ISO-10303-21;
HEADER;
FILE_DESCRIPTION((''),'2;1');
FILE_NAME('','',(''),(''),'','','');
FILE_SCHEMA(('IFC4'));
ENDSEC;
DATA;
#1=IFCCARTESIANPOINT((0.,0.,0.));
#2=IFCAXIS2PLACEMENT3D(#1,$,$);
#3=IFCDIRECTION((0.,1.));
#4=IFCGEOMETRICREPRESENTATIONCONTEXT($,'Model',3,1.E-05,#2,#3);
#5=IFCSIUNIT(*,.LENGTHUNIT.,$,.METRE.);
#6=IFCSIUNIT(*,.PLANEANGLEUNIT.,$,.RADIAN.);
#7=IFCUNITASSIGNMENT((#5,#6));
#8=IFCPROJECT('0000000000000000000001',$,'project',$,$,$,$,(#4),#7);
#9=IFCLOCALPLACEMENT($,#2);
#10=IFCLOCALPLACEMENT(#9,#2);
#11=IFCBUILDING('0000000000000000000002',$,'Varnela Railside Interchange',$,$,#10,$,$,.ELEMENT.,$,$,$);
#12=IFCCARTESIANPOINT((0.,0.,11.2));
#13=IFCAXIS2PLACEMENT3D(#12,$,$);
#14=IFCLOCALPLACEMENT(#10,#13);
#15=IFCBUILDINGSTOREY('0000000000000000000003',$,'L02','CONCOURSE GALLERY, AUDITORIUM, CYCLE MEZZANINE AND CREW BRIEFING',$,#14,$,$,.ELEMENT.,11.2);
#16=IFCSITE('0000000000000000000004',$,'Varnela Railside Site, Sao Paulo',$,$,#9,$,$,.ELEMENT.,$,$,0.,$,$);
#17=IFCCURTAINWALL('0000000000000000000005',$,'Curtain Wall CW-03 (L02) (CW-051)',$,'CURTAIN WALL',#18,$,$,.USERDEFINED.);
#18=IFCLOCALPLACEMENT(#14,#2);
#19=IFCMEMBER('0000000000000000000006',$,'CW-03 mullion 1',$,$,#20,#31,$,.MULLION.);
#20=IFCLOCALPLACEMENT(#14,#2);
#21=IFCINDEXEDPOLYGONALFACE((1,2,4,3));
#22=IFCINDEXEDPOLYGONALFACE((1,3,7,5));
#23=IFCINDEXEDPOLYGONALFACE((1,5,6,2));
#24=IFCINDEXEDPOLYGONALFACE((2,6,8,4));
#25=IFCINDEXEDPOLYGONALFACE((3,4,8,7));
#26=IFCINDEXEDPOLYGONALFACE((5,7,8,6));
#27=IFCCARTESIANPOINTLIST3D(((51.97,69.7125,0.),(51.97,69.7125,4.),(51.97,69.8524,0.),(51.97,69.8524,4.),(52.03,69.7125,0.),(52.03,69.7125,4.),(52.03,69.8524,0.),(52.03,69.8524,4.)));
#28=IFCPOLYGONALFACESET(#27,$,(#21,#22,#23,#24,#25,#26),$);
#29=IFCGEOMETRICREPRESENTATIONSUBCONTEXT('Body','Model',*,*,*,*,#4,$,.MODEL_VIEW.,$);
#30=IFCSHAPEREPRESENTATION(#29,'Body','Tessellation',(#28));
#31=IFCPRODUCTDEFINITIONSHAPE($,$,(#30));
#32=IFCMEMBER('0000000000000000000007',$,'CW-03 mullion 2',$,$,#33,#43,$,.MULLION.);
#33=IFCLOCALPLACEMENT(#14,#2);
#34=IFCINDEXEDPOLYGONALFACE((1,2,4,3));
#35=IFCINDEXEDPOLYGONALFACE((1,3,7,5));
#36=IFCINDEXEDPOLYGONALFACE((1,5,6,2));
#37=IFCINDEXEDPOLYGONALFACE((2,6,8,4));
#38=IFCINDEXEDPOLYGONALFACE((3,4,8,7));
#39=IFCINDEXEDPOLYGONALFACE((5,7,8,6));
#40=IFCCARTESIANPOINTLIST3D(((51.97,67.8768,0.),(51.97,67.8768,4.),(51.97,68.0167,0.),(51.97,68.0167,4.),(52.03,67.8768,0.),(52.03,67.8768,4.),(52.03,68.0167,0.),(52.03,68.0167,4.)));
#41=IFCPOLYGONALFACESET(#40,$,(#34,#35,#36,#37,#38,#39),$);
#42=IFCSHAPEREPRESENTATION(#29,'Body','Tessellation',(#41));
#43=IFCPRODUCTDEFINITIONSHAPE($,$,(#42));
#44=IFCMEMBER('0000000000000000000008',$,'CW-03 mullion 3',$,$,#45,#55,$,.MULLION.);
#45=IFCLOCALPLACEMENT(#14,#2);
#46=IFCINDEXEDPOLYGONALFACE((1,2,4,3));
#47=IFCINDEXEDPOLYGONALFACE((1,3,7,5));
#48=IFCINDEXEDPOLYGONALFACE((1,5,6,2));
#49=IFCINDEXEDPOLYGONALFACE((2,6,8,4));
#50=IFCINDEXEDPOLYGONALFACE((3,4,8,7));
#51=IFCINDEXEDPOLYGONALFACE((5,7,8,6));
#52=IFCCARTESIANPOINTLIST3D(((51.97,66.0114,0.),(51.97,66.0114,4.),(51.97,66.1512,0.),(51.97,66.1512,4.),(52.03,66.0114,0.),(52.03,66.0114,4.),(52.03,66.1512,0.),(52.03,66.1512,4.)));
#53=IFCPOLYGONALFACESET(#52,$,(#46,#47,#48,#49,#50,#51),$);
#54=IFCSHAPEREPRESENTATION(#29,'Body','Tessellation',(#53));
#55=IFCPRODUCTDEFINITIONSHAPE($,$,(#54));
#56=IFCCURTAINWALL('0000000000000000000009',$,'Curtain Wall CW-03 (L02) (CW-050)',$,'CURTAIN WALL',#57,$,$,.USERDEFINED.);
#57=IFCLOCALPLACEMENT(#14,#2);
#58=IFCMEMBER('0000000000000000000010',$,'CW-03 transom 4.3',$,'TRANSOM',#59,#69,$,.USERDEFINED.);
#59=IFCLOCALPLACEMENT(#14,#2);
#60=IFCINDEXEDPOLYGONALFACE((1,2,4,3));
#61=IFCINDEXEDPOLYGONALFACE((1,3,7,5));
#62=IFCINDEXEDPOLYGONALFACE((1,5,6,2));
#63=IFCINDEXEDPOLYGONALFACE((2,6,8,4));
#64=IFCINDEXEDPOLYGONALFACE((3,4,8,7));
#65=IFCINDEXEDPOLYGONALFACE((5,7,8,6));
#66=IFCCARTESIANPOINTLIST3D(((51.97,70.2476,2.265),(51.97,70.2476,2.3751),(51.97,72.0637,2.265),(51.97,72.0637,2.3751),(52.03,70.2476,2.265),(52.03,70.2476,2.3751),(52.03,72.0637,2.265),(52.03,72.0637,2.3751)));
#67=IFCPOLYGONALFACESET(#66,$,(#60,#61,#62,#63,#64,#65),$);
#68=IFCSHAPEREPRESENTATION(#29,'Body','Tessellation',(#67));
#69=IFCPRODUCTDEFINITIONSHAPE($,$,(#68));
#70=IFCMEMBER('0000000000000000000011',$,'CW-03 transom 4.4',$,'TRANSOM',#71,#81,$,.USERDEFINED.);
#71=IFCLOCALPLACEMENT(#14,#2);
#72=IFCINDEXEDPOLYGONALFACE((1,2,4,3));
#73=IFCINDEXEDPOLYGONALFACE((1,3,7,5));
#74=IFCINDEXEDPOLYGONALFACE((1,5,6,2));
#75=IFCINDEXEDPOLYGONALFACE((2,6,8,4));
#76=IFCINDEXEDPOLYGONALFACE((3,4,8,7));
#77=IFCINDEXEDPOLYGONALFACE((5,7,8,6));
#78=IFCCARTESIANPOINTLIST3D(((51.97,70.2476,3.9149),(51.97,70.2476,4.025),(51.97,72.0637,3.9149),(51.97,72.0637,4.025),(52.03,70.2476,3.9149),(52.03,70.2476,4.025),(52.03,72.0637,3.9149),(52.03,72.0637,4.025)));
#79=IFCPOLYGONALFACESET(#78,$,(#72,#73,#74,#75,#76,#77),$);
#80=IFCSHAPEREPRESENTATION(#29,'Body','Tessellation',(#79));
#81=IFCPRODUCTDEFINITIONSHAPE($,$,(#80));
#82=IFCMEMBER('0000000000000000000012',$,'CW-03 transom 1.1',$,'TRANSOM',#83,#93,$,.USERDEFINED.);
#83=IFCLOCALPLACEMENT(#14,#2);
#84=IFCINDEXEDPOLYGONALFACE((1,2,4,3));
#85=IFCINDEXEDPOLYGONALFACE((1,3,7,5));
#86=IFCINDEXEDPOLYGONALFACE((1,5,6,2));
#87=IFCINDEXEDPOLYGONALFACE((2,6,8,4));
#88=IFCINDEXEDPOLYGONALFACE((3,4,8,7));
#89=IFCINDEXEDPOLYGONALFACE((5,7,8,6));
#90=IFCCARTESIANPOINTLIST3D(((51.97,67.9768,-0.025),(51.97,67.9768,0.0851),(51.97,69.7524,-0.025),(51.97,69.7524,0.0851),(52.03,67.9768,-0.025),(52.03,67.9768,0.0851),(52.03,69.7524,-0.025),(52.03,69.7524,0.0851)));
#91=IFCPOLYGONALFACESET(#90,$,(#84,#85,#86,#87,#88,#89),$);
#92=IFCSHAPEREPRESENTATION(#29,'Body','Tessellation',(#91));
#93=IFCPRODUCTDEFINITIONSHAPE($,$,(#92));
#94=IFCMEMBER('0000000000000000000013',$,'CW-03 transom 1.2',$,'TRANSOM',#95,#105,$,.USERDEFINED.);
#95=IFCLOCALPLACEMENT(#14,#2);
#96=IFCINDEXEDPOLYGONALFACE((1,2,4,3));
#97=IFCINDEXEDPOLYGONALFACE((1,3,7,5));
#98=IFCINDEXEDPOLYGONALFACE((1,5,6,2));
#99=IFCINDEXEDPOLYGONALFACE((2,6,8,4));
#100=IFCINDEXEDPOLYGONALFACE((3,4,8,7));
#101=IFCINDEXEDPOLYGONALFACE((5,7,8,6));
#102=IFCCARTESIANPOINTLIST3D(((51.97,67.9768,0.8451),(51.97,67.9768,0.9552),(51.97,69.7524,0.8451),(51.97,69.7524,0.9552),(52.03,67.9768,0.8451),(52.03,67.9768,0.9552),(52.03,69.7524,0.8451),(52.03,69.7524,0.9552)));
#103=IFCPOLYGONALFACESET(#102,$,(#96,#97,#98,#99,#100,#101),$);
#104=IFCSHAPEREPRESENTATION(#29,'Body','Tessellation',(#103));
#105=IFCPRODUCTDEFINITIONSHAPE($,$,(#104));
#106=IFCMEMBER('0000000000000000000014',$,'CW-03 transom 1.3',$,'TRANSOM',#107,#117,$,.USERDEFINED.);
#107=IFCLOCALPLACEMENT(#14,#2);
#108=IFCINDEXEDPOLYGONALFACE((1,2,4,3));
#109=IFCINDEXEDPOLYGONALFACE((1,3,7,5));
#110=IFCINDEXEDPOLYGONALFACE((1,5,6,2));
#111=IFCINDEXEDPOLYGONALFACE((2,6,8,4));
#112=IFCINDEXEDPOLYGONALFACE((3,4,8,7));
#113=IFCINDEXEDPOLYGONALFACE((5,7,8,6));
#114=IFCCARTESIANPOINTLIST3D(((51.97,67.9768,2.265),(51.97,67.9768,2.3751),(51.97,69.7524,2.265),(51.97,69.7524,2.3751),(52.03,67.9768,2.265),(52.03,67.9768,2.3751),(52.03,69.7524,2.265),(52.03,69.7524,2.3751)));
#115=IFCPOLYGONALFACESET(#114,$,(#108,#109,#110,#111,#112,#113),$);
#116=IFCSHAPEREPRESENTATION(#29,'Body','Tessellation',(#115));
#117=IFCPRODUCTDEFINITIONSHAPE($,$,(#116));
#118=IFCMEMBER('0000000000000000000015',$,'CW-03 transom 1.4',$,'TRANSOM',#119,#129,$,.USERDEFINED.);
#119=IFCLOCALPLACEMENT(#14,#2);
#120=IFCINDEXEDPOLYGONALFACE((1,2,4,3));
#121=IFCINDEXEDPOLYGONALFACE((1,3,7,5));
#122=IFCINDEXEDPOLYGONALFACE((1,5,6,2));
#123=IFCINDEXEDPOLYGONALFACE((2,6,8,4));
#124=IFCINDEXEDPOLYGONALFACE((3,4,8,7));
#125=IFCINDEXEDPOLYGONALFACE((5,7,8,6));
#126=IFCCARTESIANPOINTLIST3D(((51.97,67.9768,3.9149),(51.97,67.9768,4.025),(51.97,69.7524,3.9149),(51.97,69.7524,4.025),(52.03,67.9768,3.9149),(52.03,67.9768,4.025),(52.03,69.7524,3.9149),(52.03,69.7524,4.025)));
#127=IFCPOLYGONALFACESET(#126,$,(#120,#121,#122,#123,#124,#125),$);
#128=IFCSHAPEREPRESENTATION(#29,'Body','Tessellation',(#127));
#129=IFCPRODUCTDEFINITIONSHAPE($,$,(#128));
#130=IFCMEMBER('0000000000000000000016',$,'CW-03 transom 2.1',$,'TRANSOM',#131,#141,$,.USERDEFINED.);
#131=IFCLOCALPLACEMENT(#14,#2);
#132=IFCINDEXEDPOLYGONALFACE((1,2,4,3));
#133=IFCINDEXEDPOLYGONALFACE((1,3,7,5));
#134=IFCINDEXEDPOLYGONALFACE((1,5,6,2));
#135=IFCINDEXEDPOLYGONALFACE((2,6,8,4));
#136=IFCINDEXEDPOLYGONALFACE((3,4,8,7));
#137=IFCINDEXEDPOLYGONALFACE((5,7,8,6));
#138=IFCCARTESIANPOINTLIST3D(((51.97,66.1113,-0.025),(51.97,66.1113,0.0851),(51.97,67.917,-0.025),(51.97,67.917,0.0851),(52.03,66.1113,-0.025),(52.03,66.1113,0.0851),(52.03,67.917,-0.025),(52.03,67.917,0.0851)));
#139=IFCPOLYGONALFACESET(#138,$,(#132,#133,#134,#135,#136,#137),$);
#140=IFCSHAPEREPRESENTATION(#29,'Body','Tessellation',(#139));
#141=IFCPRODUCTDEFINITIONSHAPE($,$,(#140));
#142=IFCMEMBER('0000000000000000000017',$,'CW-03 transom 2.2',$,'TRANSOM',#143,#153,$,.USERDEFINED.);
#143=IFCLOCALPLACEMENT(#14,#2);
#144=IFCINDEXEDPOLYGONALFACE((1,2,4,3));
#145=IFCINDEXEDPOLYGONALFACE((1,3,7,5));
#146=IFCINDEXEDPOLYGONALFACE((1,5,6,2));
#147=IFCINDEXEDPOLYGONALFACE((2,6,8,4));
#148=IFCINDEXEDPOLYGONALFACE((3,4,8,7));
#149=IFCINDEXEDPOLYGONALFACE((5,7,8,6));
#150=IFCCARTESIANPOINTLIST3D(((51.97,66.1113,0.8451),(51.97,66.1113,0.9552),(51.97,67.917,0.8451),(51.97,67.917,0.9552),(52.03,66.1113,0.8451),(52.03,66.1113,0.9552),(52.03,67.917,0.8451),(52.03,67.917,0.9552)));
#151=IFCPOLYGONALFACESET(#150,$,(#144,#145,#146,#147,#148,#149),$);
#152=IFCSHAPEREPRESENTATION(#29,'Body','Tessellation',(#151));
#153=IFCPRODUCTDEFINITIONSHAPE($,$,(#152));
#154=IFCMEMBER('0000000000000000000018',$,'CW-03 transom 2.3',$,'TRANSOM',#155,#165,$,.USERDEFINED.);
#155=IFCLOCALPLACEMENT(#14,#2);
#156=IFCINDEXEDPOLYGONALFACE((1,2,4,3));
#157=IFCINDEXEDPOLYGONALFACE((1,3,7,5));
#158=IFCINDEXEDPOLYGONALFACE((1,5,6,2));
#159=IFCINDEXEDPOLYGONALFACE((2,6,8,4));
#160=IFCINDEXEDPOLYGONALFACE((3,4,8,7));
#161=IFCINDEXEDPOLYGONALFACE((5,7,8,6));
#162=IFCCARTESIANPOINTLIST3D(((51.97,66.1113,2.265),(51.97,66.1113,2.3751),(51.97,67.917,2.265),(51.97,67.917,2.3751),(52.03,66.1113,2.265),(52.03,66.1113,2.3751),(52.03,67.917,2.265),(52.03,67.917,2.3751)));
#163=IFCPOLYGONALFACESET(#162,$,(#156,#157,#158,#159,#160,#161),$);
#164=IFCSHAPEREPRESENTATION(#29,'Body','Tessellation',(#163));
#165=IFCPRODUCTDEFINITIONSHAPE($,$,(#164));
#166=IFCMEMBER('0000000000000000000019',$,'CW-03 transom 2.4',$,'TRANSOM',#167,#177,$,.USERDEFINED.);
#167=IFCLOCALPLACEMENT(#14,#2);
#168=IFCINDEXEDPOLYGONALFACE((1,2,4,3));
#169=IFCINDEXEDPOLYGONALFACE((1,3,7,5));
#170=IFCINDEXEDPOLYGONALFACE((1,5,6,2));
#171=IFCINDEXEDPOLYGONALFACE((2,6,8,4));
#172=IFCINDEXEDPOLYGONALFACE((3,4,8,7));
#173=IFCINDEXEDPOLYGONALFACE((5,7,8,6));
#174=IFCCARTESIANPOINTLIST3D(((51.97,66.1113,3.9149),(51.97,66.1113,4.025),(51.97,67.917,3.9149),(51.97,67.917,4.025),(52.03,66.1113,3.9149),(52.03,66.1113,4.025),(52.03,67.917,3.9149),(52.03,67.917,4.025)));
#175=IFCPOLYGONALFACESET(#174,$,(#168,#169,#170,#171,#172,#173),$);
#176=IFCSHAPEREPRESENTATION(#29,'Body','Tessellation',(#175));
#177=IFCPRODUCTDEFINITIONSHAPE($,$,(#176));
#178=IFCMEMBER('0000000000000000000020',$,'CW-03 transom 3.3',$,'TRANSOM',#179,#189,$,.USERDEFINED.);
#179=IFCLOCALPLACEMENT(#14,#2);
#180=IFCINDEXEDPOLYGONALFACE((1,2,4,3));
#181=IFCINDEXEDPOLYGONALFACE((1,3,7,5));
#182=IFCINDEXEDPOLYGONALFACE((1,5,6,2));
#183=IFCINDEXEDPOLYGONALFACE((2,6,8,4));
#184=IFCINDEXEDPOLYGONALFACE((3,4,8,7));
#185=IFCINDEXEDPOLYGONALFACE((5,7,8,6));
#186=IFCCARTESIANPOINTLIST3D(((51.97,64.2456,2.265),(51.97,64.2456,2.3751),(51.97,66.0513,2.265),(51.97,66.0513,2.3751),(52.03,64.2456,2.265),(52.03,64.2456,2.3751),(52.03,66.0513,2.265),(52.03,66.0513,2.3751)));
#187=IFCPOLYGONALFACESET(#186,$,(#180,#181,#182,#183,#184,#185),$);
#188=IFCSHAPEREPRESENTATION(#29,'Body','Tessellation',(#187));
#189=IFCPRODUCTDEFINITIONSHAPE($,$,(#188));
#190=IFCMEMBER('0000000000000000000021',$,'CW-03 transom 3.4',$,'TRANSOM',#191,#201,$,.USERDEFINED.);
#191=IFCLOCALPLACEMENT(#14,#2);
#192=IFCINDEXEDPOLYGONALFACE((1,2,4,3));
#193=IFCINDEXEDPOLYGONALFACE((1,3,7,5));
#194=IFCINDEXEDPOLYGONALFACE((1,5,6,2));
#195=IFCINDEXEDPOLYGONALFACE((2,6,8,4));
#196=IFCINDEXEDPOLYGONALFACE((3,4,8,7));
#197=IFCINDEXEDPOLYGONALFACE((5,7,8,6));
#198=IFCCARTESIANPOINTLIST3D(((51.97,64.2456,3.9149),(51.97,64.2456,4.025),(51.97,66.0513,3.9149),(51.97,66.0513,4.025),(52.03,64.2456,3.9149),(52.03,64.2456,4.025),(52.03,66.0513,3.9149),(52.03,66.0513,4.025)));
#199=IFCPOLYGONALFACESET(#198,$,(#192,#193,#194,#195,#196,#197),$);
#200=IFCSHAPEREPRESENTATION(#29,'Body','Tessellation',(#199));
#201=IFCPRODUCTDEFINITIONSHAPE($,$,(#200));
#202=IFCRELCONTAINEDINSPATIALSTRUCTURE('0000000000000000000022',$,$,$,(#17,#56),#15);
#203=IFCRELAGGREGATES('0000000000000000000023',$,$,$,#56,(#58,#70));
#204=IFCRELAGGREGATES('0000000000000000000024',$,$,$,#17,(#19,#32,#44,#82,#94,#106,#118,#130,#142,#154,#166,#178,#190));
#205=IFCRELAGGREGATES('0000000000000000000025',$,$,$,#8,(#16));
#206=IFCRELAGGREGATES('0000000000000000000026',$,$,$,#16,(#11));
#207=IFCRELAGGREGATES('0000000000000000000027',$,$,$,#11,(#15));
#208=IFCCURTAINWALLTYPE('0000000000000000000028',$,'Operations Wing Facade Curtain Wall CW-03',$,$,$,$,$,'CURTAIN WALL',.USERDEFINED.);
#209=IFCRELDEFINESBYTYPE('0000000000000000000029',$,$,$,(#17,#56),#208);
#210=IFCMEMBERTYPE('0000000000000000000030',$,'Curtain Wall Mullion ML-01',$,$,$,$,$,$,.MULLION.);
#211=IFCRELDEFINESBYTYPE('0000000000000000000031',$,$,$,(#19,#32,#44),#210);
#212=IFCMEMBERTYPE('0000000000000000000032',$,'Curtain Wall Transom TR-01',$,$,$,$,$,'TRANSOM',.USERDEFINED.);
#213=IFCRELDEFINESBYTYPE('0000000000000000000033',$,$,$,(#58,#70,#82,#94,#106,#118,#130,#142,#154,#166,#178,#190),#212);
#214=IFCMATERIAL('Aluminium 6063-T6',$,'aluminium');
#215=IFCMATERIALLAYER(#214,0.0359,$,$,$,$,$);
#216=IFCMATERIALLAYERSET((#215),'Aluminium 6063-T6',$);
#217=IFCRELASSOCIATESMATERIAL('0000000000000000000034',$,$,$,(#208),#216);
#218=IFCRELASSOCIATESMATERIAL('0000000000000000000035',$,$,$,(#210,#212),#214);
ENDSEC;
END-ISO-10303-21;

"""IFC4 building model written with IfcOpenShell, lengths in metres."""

from ifc_helpers import new_model, si_unit, direction, frame, origin, origin_2d, place, context, subcontext, project, spatial, rectangle, extrude, material, layer, layer_set, material_profile, profile_set, type_object, element, aggregate, save


model = new_model("IFC4")

# Units and contexts
model_context = context("Model", 3, precision=1e-05, world=origin(), true_north=direction((0.0, 1.0)))
body_context = subcontext(model_context, "Body", "Model", "MODEL_VIEW")
ifc_project = project(units=[si_unit("LENGTHUNIT", "METRE"), si_unit("PLANEANGLEUNIT", "RADIAN")], contexts=[model_context])

# Site, building, storey
site_placement = place(None, origin())
site = spatial("IfcSite", under=ifc_project, at=site_placement, Name="Varnela Railside Site, Sao Paulo", CompositionType="ELEMENT", RefElevation=0.0)
building_placement = place(site_placement, origin())
building = spatial("IfcBuilding", under=site, at=building_placement, Name="Varnela Railside Interchange", CompositionType="ELEMENT")
storey_placement = place(building_placement, frame((0.0, 0.0, 11.2)))
storey = spatial("IfcBuildingStorey", under=building, at=storey_placement, Name="L02", Description="CONCOURSE GALLERY, AUDITORIUM, CYCLE MEZZANINE AND CREW BRIEFING", CompositionType="ELEMENT", Elevation=11.2)

# Curtain walls, members
ifc_material_1 = material(Name="Aluminium 6063-T6", Category="aluminium")
ifc_layer_1 = layer(ifc_material_1, 0.0359)
ifc_layer_set_1 = layer_set([ifc_layer_1], Name="Aluminium 6063-T6")
curtain_wall_type = type_object("IfcCurtainWallType", Name="Operations Wing Facade Curtain Wall CW-03", ElementType="CURTAIN WALL", PredefinedType="USERDEFINED", material=ifc_layer_set_1)
curtain_wall_1_placement = place(storey_placement, origin())
curtain_wall_1 = element("IfcCurtainWall", 1, at=curtain_wall_1_placement, inside=storey, type_object=curtain_wall_type, Name="Curtain Wall CW-03 (L02) (CW-051)", ObjectType="CURTAIN WALL", PredefinedType="USERDEFINED")
ifc_material_profile_1 = material_profile(ifc_material_1, rectangle(XDim=0.0601, YDim=0.1399, at=origin_2d()), Name="ALU 60x140")
ifc_profile_set_1 = profile_set([ifc_material_profile_1], Name="Aluminium 6063-T6")
member_type_1 = type_object("IfcMemberType", Name="Curtain Wall Mullion ML-01", PredefinedType="MULLION", material=ifc_profile_set_1)
member_1_placement = place(storey_placement, frame((52.0, 69.7825, 0.0), z_axis=(0.0, 0.0, 1.0), x_axis=(1.0, 0.0, 0.0)))
member_1 = element("IfcMember", 2, at=member_1_placement, type_object=member_type_1, Name="CW-03 mullion 1", PredefinedType="MULLION", context=body_context, shape_type="SweptSolid", body=[
    extrude(rectangle(XDim=0.0601, YDim=0.1399, at=origin_2d()), origin(), (0.0, 0.0, 1.0), 4.0),
])
member_2_placement = place(storey_placement, frame((52.0, 67.9468, 0.0), z_axis=(0.0, 0.0, 1.0), x_axis=(1.0, 0.0, 0.0)))
member_2 = element("IfcMember", 3, at=member_2_placement, type_object=member_type_1, Name="CW-03 mullion 2", PredefinedType="MULLION", context=body_context, shape_type="SweptSolid", body=[
    extrude(rectangle(XDim=0.0601, YDim=0.1399, at=origin_2d()), origin(), (0.0, 0.0, 1.0), 4.0),
])
member_3_placement = place(storey_placement, frame((52.0, 66.0813, 0.0), z_axis=(0.0, 0.0, 1.0), x_axis=(1.0, 0.0, 0.0)))
member_3 = element("IfcMember", 4, at=member_3_placement, type_object=member_type_1, Name="CW-03 mullion 3", PredefinedType="MULLION", context=body_context, shape_type="SweptSolid", body=[
    extrude(rectangle(XDim=0.0601, YDim=0.1399, at=origin_2d()), origin(), (0.0, 0.0, 1.0), 4.0),
])
curtain_wall_2_placement = place(storey_placement, origin())
curtain_wall_2 = element("IfcCurtainWall", 5, at=curtain_wall_2_placement, inside=storey, type_object=curtain_wall_type, Name="Curtain Wall CW-03 (L02) (CW-050)", ObjectType="CURTAIN WALL", PredefinedType="USERDEFINED")
ifc_material_profile_2 = material_profile(ifc_material_1, rectangle(XDim=0.0601, YDim=0.1101, at=origin_2d()), Name="ALU 60x110")
ifc_profile_set_2 = profile_set([ifc_material_profile_2], Name="Aluminium 6063-T6")
member_type_2 = type_object("IfcMemberType", Name="Curtain Wall Transom TR-01", ElementType="TRANSOM", PredefinedType="USERDEFINED", material=ifc_profile_set_2)
member_4_placement = place(storey_placement, frame((52.0, 72.0637, 2.3201), z_axis=(0.0, -1.0, 0.0), x_axis=(1.0, 0.0, 0.0)))
member_4 = element("IfcMember", 6, at=member_4_placement, type_object=member_type_2, Name="CW-03 transom 4.3", ObjectType="TRANSOM", PredefinedType="USERDEFINED", context=body_context, shape_type="SweptSolid", body=[
    extrude(rectangle(XDim=0.0601, YDim=0.1101, at=origin_2d()), origin(), (0.0, 0.0, 1.0), 1.8162),
])
member_5_placement = place(storey_placement, frame((52.0, 72.0637, 3.97), z_axis=(0.0, -1.0, 0.0), x_axis=(1.0, 0.0, 0.0)))
member_5 = element("IfcMember", 7, at=member_5_placement, type_object=member_type_2, Name="CW-03 transom 4.4", ObjectType="TRANSOM", PredefinedType="USERDEFINED", context=body_context, shape_type="SweptSolid", body=[
    extrude(rectangle(XDim=0.0601, YDim=0.1101, at=origin_2d()), origin(), (0.0, 0.0, 1.0), 1.8162),
])

# Members
member_6_placement = place(storey_placement, frame((52.0, 69.7524, 0.03), z_axis=(0.0, -1.0, 0.0), x_axis=(1.0, 0.0, 0.0)))
member_6 = element("IfcMember", 8, at=member_6_placement, type_object=member_type_2, Name="CW-03 transom 1.1", ObjectType="TRANSOM", PredefinedType="USERDEFINED", context=body_context, shape_type="SweptSolid", body=[
    extrude(rectangle(XDim=0.0601, YDim=0.1101, at=origin_2d()), origin(), (0.0, 0.0, 1.0), 1.7756),
])
member_7_placement = place(storey_placement, frame((52.0, 69.7524, 0.9001), z_axis=(0.0, -1.0, 0.0), x_axis=(1.0, 0.0, 0.0)))
member_7 = element("IfcMember", 9, at=member_7_placement, type_object=member_type_2, Name="CW-03 transom 1.2", ObjectType="TRANSOM", PredefinedType="USERDEFINED", context=body_context, shape_type="SweptSolid", body=[
    extrude(rectangle(XDim=0.0601, YDim=0.1101, at=origin_2d()), origin(), (0.0, 0.0, 1.0), 1.7756),
])
member_8_placement = place(storey_placement, frame((52.0, 69.7524, 2.3201), z_axis=(0.0, -1.0, 0.0), x_axis=(1.0, 0.0, 0.0)))
member_8 = element("IfcMember", 10, at=member_8_placement, type_object=member_type_2, Name="CW-03 transom 1.3", ObjectType="TRANSOM", PredefinedType="USERDEFINED", context=body_context, shape_type="SweptSolid", body=[
    extrude(rectangle(XDim=0.0601, YDim=0.1101, at=origin_2d()), origin(), (0.0, 0.0, 1.0), 1.7756),
])
member_9_placement = place(storey_placement, frame((52.0, 69.7524, 3.97), z_axis=(0.0, -1.0, 0.0), x_axis=(1.0, 0.0, 0.0)))
member_9 = element("IfcMember", 11, at=member_9_placement, type_object=member_type_2, Name="CW-03 transom 1.4", ObjectType="TRANSOM", PredefinedType="USERDEFINED", context=body_context, shape_type="SweptSolid", body=[
    extrude(rectangle(XDim=0.0601, YDim=0.1101, at=origin_2d()), origin(), (0.0, 0.0, 1.0), 1.7756),
])
member_10_placement = place(storey_placement, frame((52.0, 67.917, 0.03), z_axis=(0.0, -1.0, 0.0), x_axis=(1.0, 0.0, 0.0)))
member_10 = element("IfcMember", 12, at=member_10_placement, type_object=member_type_2, Name="CW-03 transom 2.1", ObjectType="TRANSOM", PredefinedType="USERDEFINED", context=body_context, shape_type="SweptSolid", body=[
    extrude(rectangle(XDim=0.0601, YDim=0.1101, at=origin_2d()), origin(), (0.0, 0.0, 1.0), 1.8057),
])
member_11_placement = place(storey_placement, frame((52.0, 67.917, 0.9001), z_axis=(0.0, -1.0, 0.0), x_axis=(1.0, 0.0, 0.0)))
member_11 = element("IfcMember", 13, at=member_11_placement, type_object=member_type_2, Name="CW-03 transom 2.2", ObjectType="TRANSOM", PredefinedType="USERDEFINED", context=body_context, shape_type="SweptSolid", body=[
    extrude(rectangle(XDim=0.0601, YDim=0.1101, at=origin_2d()), origin(), (0.0, 0.0, 1.0), 1.8057),
])
member_12_placement = place(storey_placement, frame((52.0, 67.917, 2.3201), z_axis=(0.0, -1.0, 0.0), x_axis=(1.0, 0.0, 0.0)))
member_12 = element("IfcMember", 14, at=member_12_placement, type_object=member_type_2, Name="CW-03 transom 2.3", ObjectType="TRANSOM", PredefinedType="USERDEFINED", context=body_context, shape_type="SweptSolid", body=[
    extrude(rectangle(XDim=0.0601, YDim=0.1101, at=origin_2d()), origin(), (0.0, 0.0, 1.0), 1.8057),
])
member_13_placement = place(storey_placement, frame((52.0, 67.917, 3.97), z_axis=(0.0, -1.0, 0.0), x_axis=(1.0, 0.0, 0.0)))
member_13 = element("IfcMember", 15, at=member_13_placement, type_object=member_type_2, Name="CW-03 transom 2.4", ObjectType="TRANSOM", PredefinedType="USERDEFINED", context=body_context, shape_type="SweptSolid", body=[
    extrude(rectangle(XDim=0.0601, YDim=0.1101, at=origin_2d()), origin(), (0.0, 0.0, 1.0), 1.8057),
])
member_14_placement = place(storey_placement, frame((52.0, 66.0513, 2.3201), z_axis=(0.0, -1.0, 0.0), x_axis=(1.0, 0.0, 0.0)))
member_14 = element("IfcMember", 16, at=member_14_placement, type_object=member_type_2, Name="CW-03 transom 3.3", ObjectType="TRANSOM", PredefinedType="USERDEFINED", context=body_context, shape_type="SweptSolid", body=[
    extrude(rectangle(XDim=0.0601, YDim=0.1101, at=origin_2d()), origin(), (0.0, 0.0, 1.0), 1.8057),
])
member_15_placement = place(storey_placement, frame((52.0, 66.0513, 3.97), z_axis=(0.0, -1.0, 0.0), x_axis=(1.0, 0.0, 0.0)))
member_15 = element("IfcMember", 17, at=member_15_placement, type_object=member_type_2, Name="CW-03 transom 3.4", ObjectType="TRANSOM", PredefinedType="USERDEFINED", context=body_context, shape_type="SweptSolid", body=[
    extrude(rectangle(XDim=0.0601, YDim=0.1101, at=origin_2d()), origin(), (0.0, 0.0, 1.0), 1.8057),
])

aggregate(curtain_wall_2, [member_4, member_5])
aggregate(curtain_wall_1, [member_1, member_2, member_3, member_6, member_7, member_8, member_9, member_10, member_11, member_12, member_13, member_14, member_15])

save(model, "model.ifc")
